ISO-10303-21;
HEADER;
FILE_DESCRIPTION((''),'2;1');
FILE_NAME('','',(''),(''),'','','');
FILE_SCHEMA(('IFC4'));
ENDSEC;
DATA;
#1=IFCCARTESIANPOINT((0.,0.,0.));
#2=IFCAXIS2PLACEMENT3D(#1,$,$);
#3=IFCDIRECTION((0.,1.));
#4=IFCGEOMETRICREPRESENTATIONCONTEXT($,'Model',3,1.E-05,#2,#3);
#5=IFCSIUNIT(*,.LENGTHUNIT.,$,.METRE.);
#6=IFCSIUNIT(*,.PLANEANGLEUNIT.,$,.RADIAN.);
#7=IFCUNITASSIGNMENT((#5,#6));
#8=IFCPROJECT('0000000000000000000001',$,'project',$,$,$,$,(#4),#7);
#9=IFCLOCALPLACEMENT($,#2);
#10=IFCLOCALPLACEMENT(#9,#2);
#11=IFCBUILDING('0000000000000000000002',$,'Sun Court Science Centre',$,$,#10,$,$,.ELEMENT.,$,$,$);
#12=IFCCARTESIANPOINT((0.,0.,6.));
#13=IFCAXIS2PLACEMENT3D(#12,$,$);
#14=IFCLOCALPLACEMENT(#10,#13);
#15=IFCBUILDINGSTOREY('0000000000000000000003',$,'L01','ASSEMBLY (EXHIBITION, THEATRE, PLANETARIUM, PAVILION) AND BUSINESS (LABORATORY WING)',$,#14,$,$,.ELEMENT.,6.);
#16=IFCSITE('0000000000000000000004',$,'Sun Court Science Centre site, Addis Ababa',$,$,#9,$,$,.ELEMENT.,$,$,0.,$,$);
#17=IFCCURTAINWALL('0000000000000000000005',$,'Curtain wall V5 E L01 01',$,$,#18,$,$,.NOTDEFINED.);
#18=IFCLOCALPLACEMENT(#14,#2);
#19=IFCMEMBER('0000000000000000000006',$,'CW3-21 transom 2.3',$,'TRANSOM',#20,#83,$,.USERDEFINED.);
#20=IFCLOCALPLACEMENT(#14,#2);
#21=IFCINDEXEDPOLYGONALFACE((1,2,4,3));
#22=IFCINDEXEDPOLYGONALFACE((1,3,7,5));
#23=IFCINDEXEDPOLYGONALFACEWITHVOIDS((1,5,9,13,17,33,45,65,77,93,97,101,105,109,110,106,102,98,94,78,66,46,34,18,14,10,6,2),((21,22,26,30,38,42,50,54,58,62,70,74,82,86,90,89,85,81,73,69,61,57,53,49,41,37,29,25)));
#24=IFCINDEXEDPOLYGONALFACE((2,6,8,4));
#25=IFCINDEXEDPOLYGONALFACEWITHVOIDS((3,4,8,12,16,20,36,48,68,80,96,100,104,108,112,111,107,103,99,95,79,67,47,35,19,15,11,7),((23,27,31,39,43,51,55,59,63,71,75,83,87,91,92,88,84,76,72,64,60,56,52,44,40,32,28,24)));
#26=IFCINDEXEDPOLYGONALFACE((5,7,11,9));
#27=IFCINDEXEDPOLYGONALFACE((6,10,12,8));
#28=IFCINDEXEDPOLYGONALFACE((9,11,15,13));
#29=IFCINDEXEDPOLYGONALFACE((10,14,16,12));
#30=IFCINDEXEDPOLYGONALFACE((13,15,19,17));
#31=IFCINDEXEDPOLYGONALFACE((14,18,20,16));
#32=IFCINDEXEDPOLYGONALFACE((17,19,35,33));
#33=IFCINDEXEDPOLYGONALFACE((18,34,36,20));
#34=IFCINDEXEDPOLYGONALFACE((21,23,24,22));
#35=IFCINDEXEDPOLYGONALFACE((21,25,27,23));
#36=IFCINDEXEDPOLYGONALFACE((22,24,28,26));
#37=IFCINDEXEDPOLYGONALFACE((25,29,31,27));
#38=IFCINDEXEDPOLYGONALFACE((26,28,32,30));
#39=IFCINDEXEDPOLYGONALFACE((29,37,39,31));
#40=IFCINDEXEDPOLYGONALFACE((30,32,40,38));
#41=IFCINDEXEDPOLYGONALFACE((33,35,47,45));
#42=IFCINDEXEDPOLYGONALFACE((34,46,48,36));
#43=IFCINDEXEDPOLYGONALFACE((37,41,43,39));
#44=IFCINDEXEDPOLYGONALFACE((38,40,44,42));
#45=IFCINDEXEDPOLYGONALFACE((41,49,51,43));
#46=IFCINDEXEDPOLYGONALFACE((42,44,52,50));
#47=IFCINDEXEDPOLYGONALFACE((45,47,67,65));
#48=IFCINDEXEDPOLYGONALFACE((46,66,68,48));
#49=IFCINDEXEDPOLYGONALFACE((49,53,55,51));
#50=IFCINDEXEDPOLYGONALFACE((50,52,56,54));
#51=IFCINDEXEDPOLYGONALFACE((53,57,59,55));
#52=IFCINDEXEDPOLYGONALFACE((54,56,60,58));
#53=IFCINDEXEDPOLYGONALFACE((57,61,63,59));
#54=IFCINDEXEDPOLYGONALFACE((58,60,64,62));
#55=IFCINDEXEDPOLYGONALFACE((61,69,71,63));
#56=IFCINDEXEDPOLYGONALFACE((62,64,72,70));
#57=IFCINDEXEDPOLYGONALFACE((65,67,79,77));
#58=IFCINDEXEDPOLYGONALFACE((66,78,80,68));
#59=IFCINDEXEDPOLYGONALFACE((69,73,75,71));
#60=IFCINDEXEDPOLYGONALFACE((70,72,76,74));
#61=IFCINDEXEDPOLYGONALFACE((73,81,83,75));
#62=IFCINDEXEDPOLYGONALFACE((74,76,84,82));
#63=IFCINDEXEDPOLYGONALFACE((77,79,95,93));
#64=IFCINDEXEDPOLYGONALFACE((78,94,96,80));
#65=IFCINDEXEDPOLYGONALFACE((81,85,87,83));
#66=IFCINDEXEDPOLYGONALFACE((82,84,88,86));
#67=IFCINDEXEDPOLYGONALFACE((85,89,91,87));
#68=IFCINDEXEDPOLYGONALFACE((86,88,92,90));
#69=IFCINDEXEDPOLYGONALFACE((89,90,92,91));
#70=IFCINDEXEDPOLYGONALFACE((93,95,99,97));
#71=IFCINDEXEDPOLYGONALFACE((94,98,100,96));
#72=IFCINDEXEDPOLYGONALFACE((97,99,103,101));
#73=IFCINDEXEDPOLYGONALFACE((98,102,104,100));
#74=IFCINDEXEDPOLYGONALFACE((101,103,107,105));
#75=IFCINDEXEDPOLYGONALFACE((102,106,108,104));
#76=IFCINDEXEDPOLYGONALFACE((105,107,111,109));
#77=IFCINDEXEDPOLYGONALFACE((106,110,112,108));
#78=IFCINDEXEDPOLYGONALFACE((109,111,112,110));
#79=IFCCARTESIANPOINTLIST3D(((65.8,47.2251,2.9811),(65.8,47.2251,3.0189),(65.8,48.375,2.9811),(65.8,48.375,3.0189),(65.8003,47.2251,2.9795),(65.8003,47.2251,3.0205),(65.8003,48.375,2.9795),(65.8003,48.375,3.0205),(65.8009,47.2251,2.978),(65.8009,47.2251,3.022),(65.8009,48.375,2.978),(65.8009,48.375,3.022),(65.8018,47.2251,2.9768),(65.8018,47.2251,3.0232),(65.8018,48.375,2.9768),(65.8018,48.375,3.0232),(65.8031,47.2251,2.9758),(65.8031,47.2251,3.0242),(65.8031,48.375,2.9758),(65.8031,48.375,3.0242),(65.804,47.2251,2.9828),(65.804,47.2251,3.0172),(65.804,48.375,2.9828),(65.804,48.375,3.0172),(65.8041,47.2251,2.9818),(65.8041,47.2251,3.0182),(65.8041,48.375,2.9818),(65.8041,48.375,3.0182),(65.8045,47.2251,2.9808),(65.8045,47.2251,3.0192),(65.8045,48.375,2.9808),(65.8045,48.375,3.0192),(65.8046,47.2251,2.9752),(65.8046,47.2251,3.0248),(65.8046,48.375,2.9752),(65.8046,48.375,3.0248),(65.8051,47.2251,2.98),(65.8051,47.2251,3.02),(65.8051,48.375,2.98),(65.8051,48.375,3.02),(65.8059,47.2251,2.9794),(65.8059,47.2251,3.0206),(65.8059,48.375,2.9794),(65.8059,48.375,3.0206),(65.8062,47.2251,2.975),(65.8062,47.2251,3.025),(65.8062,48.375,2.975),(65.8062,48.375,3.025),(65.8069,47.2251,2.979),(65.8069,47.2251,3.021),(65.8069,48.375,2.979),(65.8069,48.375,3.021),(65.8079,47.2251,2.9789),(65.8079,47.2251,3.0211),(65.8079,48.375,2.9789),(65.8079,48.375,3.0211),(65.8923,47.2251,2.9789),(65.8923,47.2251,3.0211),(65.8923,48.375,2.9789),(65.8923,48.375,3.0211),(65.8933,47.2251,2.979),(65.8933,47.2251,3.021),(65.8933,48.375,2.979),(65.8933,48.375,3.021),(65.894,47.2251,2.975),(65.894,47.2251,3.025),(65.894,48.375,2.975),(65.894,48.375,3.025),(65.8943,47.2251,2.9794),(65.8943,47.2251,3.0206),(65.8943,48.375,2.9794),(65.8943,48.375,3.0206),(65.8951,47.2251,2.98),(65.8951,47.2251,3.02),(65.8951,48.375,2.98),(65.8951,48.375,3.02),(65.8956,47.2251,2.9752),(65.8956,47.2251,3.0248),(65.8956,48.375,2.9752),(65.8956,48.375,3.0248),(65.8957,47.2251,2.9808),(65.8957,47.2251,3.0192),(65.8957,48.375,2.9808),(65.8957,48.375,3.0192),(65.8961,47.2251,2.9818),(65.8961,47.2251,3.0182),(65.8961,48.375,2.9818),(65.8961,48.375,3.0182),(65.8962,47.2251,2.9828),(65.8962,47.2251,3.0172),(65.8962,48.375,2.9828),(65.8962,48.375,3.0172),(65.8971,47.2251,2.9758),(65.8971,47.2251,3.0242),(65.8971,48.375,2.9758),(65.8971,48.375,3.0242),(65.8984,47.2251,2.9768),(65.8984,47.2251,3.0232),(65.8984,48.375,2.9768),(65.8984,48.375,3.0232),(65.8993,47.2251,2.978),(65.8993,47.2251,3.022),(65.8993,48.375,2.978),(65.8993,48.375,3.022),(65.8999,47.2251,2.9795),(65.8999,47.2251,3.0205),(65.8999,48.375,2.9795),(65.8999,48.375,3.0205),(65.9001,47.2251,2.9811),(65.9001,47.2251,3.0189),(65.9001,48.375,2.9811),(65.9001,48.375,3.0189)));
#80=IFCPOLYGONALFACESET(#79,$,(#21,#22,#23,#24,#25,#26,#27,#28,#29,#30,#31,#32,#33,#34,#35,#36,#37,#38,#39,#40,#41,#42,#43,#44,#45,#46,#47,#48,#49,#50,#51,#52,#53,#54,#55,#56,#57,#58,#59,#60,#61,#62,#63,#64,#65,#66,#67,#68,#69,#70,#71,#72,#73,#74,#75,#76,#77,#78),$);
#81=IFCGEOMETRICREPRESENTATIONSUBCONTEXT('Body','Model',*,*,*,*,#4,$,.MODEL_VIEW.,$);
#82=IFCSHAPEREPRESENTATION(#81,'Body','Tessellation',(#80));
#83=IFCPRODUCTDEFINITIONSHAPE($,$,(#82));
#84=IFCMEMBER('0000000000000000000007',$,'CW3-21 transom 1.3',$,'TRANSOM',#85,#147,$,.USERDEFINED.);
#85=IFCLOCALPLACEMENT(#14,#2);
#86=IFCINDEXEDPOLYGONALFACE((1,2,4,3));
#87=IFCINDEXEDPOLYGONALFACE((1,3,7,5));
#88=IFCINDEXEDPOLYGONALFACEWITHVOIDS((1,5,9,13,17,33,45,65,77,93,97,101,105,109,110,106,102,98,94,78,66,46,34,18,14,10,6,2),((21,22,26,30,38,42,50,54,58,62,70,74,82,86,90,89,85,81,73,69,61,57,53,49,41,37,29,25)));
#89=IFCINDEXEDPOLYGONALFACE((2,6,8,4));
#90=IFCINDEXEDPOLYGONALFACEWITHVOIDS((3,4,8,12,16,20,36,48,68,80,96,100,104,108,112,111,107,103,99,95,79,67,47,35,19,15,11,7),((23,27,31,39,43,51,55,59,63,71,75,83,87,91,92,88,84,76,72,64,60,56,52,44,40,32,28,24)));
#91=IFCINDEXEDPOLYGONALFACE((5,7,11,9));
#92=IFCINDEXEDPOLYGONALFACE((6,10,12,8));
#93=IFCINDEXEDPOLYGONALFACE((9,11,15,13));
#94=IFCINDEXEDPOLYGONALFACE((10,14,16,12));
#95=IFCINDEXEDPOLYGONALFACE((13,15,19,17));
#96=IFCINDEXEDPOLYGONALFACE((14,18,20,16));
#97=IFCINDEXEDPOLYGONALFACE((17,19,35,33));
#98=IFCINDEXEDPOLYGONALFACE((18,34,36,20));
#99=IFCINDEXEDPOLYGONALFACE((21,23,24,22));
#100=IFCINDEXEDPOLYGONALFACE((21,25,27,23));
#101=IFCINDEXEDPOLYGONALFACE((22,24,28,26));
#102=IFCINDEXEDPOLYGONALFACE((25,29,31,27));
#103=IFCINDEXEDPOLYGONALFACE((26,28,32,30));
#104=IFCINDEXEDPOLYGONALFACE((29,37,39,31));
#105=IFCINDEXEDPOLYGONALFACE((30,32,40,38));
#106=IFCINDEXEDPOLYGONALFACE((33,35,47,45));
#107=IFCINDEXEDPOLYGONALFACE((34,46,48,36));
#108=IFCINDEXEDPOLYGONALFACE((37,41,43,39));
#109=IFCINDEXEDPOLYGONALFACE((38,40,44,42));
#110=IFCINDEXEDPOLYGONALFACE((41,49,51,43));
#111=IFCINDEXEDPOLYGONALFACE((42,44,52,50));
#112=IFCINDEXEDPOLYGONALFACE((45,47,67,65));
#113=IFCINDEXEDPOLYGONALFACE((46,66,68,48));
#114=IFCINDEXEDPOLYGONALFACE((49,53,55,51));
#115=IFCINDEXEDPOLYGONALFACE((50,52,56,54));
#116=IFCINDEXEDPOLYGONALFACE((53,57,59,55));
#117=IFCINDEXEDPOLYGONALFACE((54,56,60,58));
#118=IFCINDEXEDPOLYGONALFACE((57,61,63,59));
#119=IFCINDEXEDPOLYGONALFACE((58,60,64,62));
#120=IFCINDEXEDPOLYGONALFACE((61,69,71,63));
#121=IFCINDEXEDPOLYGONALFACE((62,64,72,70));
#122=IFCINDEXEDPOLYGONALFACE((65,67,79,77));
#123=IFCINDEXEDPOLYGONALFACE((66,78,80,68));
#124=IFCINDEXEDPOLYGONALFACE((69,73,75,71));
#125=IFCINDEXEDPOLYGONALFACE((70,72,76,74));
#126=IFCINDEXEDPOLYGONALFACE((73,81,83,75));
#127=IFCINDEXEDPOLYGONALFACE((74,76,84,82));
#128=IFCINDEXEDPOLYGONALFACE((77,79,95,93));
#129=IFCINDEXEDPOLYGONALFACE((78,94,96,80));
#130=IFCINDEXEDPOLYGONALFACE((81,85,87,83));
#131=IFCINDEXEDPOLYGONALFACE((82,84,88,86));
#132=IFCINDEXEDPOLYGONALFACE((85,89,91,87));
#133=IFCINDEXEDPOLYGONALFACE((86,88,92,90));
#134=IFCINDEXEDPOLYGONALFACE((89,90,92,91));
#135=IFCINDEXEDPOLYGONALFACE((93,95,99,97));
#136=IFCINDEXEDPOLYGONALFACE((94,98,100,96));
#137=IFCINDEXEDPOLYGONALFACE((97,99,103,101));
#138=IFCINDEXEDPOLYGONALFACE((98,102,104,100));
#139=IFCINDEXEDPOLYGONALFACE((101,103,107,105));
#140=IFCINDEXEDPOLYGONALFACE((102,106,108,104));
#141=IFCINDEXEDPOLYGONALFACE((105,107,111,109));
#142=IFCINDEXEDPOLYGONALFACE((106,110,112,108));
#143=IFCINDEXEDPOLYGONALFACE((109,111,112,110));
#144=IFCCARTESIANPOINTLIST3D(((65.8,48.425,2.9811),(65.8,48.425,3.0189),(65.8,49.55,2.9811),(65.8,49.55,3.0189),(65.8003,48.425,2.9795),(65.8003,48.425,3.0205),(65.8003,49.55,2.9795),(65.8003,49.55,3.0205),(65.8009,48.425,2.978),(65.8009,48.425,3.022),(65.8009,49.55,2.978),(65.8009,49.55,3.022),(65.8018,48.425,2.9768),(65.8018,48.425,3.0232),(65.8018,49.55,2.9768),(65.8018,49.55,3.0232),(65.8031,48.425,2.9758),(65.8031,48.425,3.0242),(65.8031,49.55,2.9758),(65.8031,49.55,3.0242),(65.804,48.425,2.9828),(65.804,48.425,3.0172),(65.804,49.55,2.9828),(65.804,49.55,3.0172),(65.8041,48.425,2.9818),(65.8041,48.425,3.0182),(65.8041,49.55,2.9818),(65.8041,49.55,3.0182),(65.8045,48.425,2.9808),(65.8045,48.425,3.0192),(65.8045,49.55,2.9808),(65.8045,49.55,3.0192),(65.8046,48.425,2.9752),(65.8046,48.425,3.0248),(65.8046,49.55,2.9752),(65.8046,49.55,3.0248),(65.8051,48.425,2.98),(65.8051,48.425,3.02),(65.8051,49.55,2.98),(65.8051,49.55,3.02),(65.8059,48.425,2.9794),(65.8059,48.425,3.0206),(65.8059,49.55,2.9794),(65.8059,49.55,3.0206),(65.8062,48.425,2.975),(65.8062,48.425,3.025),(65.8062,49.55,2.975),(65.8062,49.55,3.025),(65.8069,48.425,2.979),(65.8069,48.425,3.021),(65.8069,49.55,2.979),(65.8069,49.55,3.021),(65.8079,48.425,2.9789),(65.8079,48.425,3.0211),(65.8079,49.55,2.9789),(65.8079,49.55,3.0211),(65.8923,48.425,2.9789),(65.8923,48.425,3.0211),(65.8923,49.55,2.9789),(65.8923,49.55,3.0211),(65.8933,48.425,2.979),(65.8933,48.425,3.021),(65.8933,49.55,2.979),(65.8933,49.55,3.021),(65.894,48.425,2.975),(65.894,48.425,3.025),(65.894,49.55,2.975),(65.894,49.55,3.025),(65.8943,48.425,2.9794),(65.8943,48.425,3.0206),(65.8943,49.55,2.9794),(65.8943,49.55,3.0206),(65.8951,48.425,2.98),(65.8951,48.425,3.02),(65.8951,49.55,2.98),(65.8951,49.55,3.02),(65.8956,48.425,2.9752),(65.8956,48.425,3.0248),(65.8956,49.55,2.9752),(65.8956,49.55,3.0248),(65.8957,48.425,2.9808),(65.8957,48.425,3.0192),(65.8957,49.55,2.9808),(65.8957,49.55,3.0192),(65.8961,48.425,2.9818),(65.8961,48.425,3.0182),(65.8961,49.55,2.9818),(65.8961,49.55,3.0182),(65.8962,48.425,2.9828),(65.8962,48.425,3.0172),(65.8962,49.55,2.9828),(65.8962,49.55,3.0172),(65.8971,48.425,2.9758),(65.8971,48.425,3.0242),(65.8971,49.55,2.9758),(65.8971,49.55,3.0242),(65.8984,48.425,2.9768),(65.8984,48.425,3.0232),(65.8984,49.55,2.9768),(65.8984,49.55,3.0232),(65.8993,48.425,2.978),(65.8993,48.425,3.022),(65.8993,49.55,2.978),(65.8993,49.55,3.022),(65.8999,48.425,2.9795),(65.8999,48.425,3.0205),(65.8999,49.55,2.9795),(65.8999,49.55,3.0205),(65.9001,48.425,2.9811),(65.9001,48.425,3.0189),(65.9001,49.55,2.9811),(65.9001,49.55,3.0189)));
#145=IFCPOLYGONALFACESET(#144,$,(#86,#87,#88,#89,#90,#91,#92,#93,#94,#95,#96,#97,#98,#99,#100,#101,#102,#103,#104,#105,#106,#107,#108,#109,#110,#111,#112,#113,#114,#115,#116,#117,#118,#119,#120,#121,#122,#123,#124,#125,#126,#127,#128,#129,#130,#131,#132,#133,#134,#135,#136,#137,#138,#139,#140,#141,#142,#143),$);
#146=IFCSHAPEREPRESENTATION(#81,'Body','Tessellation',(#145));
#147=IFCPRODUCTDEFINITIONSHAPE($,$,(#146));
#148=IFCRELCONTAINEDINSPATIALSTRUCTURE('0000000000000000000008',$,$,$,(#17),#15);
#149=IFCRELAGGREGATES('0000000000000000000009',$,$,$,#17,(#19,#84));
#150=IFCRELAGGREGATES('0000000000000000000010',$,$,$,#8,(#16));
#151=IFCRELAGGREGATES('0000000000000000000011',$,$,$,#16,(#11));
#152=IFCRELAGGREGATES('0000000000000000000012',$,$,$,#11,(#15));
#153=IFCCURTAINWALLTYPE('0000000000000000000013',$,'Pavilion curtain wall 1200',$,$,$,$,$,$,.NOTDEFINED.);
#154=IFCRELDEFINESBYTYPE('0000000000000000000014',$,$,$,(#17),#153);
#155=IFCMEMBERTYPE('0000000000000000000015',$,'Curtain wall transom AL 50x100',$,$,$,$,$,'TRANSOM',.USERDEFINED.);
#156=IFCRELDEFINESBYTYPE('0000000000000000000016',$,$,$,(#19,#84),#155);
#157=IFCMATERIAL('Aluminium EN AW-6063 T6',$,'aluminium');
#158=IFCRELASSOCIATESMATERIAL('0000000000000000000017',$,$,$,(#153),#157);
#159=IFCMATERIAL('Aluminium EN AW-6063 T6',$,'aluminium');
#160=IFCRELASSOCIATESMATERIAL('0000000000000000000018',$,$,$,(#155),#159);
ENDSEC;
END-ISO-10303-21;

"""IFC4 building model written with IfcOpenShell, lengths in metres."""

from ifc_helpers import new_model, si_unit, direction, frame, origin, origin_2d, place, context, subcontext, project, spatial, hollow_rectangle, extrude, material, material_profile, profile_set, type_object, element, aggregate, save


model = new_model("IFC4")

# Units and contexts
model_context = context("Model", 3, precision=1e-05, world=origin(), true_north=direction((0.0, 1.0)))
body_context = subcontext(model_context, "Body", "Model", "MODEL_VIEW")
ifc_project = project(units=[si_unit("LENGTHUNIT", "METRE"), si_unit("PLANEANGLEUNIT", "RADIAN")], contexts=[model_context])

# Site, building, storey
site_placement = place(None, origin())
site = spatial("IfcSite", under=ifc_project, at=site_placement, Name="Sun Court Science Centre site, Addis Ababa", CompositionType="ELEMENT", RefElevation=0.0)
building_placement = place(site_placement, origin())
building = spatial("IfcBuilding", under=site, at=building_placement, Name="Sun Court Science Centre", CompositionType="ELEMENT")
storey_placement = place(building_placement, frame((0.0, 0.0, 6.0)))
storey = spatial("IfcBuildingStorey", under=building, at=storey_placement, Name="L01", Description="ASSEMBLY (EXHIBITION, THEATRE, PLANETARIUM, PAVILION) AND BUSINESS (LABORATORY WING)", CompositionType="ELEMENT", Elevation=6.0)

# Shared definitions
ifc_material_1 = material(Name="Aluminium EN AW-6063 T6", Category="aluminium")
curtain_wall_type_1 = type_object("IfcCurtainWallType", Name="Pavilion curtain wall 1200", PredefinedType="NOTDEFINED", material=ifc_material_1)

# Curtain wall
curtain_wall_1_placement = place(storey_placement, origin())
curtain_wall_1 = element("IfcCurtainWall", 1, at=curtain_wall_1_placement, inside=storey, type_object=curtain_wall_type_1, Name="Curtain wall V5 E L01 01", PredefinedType="NOTDEFINED")

# Members
ifc_material_2 = material(Name="Aluminium EN AW-6063 T6", Category="aluminium")
ifc_material_profile_1 = material_profile(ifc_material_2, hollow_rectangle(XDim=0.05, YDim=0.1001, WallThickness=0.0039, InnerFilletRadius=0.0039, OuterFilletRadius=0.0061, at=origin_2d()), Name="AL 50x100x4")
ifc_profile_set_1 = profile_set([ifc_material_profile_1], Name="Aluminium EN AW-6063 T6")
member_type_1 = type_object("IfcMemberType", Name="Curtain wall transom AL 50x100", ElementType="TRANSOM", PredefinedType="USERDEFINED", material=ifc_profile_set_1)
member_1_placement = place(storey_placement, frame((65.8501, 48.375, 3.0), z_axis=(0.0, -1.0, 0.0), x_axis=(0.0, 0.0, 1.0)))
member_1 = element("IfcMember", 2, at=member_1_placement, type_object=member_type_1, Name="CW3-21 transom 2.3", ObjectType="TRANSOM", PredefinedType="USERDEFINED", context=body_context, shape_type="SweptSolid", body=[
    extrude(hollow_rectangle(XDim=0.05, YDim=0.1001, WallThickness=0.0039, InnerFilletRadius=0.0039, OuterFilletRadius=0.0061, at=origin_2d()), origin(), (0.0, 0.0, 1.0), 1.1499),
])
member_2_placement = place(storey_placement, frame((65.8501, 49.55, 3.0), z_axis=(0.0, -1.0, 0.0), x_axis=(0.0, 0.0, 1.0)))
member_2 = element("IfcMember", 3, at=member_2_placement, type_object=member_type_1, Name="CW3-21 transom 1.3", ObjectType="TRANSOM", PredefinedType="USERDEFINED", context=body_context, shape_type="SweptSolid", body=[
    extrude(hollow_rectangle(XDim=0.05, YDim=0.1001, WallThickness=0.0039, InnerFilletRadius=0.0039, OuterFilletRadius=0.0061, at=origin_2d()), origin(), (0.0, 0.0, 1.0), 1.125),
])

aggregate(curtain_wall_1, [member_1, member_2])

save(model, "model.ifc")
